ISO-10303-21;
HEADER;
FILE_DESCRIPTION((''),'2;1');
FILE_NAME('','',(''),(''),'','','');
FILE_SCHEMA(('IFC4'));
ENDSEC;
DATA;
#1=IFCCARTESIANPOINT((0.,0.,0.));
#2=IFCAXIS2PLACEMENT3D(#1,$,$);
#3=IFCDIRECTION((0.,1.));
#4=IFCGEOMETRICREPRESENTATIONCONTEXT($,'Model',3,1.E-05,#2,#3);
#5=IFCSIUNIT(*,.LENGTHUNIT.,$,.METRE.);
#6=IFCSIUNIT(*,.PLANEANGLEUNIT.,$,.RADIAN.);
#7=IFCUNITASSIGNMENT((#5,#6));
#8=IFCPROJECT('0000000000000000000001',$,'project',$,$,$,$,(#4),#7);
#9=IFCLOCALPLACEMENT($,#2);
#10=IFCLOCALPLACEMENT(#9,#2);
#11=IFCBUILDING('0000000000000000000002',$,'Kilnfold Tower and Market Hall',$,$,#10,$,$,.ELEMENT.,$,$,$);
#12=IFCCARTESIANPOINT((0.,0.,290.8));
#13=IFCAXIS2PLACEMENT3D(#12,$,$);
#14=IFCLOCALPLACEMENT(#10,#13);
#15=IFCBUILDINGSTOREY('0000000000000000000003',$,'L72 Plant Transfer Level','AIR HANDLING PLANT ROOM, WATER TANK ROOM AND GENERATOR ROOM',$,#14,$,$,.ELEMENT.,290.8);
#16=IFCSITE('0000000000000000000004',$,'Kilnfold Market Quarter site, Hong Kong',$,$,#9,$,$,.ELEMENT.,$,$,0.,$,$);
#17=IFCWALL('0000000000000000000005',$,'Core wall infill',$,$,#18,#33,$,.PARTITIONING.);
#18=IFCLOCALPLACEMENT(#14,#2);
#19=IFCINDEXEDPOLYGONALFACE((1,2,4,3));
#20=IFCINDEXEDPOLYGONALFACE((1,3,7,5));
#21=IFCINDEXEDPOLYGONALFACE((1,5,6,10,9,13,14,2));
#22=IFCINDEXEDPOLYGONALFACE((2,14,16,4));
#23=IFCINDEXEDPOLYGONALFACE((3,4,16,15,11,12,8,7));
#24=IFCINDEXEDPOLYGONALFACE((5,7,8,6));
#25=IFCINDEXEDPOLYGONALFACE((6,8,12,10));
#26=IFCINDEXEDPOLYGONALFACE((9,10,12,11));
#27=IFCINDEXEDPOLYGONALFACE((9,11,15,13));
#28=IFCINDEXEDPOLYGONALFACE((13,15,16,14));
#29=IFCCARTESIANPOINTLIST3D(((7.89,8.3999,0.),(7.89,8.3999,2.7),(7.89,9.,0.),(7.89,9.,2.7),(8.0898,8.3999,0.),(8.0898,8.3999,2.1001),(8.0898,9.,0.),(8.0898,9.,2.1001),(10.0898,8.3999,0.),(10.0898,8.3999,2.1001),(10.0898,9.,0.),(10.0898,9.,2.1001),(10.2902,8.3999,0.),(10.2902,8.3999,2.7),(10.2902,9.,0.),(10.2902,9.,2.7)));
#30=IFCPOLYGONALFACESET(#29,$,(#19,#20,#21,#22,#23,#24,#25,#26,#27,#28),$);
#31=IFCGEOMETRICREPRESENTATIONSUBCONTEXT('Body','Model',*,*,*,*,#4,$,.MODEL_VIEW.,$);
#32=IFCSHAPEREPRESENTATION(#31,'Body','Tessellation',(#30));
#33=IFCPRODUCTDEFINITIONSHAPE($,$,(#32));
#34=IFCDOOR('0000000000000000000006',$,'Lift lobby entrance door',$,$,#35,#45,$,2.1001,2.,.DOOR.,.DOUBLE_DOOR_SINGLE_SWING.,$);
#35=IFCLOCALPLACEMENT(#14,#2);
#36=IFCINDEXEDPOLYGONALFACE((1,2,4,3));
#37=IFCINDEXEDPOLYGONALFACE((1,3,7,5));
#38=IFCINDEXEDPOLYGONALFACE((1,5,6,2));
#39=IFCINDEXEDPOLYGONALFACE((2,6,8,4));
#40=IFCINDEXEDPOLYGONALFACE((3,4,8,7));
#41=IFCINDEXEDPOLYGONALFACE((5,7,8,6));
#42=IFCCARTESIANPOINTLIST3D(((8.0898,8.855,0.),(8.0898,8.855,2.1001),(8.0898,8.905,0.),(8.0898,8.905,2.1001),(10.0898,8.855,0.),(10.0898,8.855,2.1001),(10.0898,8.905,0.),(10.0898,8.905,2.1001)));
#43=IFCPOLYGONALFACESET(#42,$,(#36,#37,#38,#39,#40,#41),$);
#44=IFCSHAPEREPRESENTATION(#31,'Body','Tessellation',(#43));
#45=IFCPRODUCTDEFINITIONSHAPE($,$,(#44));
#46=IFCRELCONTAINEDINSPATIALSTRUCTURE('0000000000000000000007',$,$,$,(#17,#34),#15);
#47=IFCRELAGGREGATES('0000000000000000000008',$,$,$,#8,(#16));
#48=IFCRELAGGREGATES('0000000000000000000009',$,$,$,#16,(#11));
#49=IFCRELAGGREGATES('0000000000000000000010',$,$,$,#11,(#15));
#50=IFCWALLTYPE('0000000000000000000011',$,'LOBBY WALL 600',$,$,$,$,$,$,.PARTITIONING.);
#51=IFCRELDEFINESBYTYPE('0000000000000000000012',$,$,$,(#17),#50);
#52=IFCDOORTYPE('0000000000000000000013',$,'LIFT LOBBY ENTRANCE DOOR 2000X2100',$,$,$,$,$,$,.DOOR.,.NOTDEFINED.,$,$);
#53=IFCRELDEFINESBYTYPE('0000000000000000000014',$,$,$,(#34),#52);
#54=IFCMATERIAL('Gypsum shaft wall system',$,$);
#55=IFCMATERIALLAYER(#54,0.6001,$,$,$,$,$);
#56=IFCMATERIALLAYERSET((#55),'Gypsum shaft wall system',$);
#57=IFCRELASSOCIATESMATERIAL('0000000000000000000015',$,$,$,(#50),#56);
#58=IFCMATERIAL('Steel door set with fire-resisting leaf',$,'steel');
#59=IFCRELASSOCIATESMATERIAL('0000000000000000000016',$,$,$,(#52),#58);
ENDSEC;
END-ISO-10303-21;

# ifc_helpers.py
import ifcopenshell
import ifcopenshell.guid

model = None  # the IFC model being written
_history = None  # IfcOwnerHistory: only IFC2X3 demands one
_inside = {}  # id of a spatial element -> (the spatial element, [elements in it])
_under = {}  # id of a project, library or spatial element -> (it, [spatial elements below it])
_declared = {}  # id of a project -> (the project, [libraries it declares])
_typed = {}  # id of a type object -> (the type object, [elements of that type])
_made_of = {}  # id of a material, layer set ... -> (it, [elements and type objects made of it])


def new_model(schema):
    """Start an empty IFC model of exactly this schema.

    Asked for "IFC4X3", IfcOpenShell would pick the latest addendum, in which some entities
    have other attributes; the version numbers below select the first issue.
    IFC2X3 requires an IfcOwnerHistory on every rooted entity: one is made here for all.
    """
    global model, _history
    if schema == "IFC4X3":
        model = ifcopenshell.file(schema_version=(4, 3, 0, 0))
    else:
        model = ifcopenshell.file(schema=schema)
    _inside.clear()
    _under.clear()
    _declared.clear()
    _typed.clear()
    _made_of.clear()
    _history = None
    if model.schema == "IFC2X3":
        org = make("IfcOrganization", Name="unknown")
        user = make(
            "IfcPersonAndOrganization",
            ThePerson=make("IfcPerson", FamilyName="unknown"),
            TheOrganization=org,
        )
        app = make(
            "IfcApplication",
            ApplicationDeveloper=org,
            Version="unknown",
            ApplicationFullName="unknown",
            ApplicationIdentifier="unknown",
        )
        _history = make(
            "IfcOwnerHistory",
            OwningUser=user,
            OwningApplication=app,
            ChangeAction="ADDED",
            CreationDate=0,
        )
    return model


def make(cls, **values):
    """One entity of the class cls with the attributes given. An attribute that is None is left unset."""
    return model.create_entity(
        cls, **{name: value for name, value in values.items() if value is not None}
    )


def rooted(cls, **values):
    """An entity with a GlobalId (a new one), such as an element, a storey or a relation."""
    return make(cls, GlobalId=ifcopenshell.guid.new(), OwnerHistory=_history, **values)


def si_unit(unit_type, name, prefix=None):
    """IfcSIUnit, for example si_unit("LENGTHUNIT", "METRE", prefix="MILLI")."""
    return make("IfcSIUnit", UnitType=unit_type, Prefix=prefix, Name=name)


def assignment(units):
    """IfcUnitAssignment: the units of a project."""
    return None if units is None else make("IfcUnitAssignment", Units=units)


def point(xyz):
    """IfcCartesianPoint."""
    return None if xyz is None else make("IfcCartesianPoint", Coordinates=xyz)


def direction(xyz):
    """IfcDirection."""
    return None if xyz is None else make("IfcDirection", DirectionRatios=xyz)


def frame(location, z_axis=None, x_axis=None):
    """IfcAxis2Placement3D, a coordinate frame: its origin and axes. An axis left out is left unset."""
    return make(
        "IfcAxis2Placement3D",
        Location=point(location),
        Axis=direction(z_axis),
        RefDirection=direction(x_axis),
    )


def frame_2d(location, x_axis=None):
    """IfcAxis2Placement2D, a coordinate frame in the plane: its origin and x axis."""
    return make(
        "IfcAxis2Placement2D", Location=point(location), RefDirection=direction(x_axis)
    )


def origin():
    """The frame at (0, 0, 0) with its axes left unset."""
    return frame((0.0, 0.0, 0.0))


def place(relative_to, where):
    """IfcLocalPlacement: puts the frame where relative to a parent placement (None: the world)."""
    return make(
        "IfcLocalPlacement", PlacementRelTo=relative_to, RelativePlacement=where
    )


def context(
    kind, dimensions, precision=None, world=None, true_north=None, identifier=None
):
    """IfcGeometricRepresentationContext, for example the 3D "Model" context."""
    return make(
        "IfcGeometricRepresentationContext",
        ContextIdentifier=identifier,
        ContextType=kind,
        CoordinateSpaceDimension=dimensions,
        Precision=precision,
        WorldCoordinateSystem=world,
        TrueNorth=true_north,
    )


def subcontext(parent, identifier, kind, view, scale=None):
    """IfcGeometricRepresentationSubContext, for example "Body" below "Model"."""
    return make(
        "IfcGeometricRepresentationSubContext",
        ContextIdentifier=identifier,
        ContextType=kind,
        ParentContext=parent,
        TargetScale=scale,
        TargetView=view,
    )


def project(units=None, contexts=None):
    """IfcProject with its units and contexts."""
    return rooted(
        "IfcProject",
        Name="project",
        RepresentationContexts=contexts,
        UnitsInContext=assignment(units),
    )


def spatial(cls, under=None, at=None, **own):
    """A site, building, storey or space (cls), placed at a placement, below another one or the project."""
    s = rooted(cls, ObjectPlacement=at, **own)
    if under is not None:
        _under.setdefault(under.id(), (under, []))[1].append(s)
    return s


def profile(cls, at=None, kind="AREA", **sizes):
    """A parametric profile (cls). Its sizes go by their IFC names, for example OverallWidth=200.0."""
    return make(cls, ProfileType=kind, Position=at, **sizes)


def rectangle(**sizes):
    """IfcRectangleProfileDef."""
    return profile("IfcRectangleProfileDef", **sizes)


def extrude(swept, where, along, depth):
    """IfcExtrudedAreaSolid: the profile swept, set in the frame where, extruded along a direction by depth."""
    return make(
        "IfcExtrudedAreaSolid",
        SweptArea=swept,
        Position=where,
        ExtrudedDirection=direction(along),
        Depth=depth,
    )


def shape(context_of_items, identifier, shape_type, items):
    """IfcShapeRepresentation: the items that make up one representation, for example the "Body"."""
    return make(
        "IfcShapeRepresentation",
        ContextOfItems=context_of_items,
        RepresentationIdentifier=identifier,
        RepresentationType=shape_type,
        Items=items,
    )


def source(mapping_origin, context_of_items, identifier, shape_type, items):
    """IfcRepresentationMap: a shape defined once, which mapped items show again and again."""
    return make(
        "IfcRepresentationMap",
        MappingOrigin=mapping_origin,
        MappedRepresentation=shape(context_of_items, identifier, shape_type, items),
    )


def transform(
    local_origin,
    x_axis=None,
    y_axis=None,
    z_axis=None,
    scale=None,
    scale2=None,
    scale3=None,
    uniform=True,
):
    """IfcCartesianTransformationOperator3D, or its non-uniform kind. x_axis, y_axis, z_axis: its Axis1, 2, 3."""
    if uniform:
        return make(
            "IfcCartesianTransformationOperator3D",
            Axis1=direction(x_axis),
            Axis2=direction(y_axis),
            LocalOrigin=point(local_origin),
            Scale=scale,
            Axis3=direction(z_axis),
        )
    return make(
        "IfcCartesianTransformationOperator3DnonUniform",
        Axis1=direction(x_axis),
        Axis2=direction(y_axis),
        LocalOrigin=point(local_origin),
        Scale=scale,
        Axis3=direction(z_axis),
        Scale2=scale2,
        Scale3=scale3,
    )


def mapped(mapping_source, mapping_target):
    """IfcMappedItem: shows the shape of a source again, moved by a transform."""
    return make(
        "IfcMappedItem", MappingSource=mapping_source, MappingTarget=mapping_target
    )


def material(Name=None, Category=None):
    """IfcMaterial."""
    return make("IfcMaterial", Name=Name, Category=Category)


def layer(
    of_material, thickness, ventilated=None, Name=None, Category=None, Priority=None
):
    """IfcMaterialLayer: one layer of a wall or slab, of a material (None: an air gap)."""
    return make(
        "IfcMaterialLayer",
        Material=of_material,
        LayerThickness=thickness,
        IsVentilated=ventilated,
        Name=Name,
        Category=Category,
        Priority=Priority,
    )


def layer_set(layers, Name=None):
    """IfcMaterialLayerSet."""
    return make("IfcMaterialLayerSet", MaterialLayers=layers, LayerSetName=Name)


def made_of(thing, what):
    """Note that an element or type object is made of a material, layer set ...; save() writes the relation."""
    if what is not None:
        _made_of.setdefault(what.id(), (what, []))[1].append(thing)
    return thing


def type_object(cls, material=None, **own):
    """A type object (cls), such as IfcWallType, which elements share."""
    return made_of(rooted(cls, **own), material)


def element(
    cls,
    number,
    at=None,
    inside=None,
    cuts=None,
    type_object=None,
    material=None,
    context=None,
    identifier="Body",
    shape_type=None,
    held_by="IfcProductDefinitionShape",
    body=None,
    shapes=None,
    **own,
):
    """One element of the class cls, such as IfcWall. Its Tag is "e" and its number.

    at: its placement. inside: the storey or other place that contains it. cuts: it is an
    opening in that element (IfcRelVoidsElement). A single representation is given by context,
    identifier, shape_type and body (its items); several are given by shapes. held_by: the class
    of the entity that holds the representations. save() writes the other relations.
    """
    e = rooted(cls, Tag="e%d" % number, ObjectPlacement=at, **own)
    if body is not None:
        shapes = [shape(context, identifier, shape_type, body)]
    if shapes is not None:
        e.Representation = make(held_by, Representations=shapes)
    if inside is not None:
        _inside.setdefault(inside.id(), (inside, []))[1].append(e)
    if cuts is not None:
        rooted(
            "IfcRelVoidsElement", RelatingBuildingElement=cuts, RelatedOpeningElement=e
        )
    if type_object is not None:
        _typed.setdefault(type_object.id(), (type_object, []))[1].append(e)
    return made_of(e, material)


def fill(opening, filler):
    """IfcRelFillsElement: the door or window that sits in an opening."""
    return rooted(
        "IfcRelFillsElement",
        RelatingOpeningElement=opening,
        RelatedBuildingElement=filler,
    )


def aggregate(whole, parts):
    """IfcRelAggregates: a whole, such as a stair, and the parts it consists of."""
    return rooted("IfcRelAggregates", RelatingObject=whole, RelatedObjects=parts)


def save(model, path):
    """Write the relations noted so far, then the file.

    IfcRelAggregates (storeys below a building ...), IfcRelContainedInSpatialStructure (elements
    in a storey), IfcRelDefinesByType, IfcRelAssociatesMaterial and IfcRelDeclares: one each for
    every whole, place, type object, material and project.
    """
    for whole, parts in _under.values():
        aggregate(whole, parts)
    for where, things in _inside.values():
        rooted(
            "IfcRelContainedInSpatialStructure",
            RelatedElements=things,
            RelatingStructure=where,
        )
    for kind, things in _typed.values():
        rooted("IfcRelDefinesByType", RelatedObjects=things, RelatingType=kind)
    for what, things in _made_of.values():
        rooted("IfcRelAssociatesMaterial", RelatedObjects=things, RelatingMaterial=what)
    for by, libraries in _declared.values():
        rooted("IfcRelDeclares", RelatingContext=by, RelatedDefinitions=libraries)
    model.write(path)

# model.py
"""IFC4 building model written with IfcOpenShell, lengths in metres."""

from ifc_helpers import new_model, si_unit, direction, frame, frame_2d, origin, place, context, subcontext, project, spatial, rectangle, extrude, source, transform, mapped, material, layer, layer_set, type_object, element, fill, save


model = new_model("IFC4")

# Units and contexts
model_context = context("Model", 3, precision=1e-05, world=origin(), true_north=direction((0.0, 1.0)))
body_context = subcontext(model_context, "Body", "Model", "MODEL_VIEW")
ifc_project = project(units=[si_unit("LENGTHUNIT", "METRE"), si_unit("PLANEANGLEUNIT", "RADIAN")], contexts=[model_context])

# Site, building, storey
site_placement = place(None, origin())
site = spatial("IfcSite", under=ifc_project, at=site_placement, Name="Kilnfold Market Quarter site, Hong Kong", CompositionType="ELEMENT", RefElevation=0.0)
building_placement = place(site_placement, origin())
building = spatial("IfcBuilding", under=site, at=building_placement, Name="Kilnfold Tower and Market Hall", CompositionType="ELEMENT")
storey_placement = place(building_placement, frame((0.0, 0.0, 290.8)))
storey = spatial("IfcBuildingStorey", under=building, at=storey_placement, Name="L72 Plant Transfer Level", Description="AIR HANDLING PLANT ROOM, WATER TANK ROOM AND GENERATOR ROOM", CompositionType="ELEMENT", Elevation=290.8)

# Wall, opening, door
ifc_material_1 = material(Name="Gypsum shaft wall system")
ifc_layer_1 = layer(ifc_material_1, 0.6001)
ifc_layer_set_1 = layer_set([ifc_layer_1], Name="Gypsum shaft wall system")
wall_type_1 = type_object("IfcWallType", Name="LOBBY WALL 600", PredefinedType="PARTITIONING", material=ifc_layer_set_1)
shared_shape_1 = source(origin(), body_context, "Body", "SweptSolid", [
    extrude(rectangle(XDim=2.4001, YDim=0.6001, at=frame_2d((1.2002, 0.0))), origin(), (0.0, 0.0, 1.0), 2.7),
])
wall_1_placement = place(storey_placement, frame((7.8899, 8.7, 0.0), z_axis=(0.0, 0.0, 1.0), x_axis=(1.0, 0.0, 0.0)))
wall_1 = element("IfcWall", 1, at=wall_1_placement, inside=storey, type_object=wall_type_1, Name="Core wall infill", PredefinedType="PARTITIONING", context=body_context, shape_type="MappedRepresentation", body=[
    mapped(shared_shape_1, transform((0.0, 0.0, 0.0))),
])
opening_1_placement = place(wall_1_placement, frame((0.2, 0.0, 0.0)))
opening_1 = element("IfcOpeningElement", 2, at=opening_1_placement, cuts=wall_1, PredefinedType="OPENING", context=body_context, shape_type="SweptSolid", body=[
    extrude(rectangle(XDim=2.0, YDim=2.1001, at=frame_2d((1.0, 1.05))), frame((0.0, 0.3101, 0.0), z_axis=(0.0, -1.0, 0.0), x_axis=(1.0, 0.0, 0.0)), (0.0, 0.0, 1.0), 0.6201),
])
ifc_material_2 = material(Name="Steel door set with fire-resisting leaf", Category="steel")
door_type_1 = type_object("IfcDoorType", Name="LIFT LOBBY ENTRANCE DOOR 2000X2100", OperationType="NOTDEFINED", PredefinedType="DOOR", material=ifc_material_2)
door_1_placement = place(opening_1_placement, origin())
door_1 = element("IfcDoor", 3, at=door_1_placement, inside=storey, type_object=door_type_1, Name="Lift lobby entrance door", OperationType="DOUBLE_DOOR_SINGLE_SWING", OverallHeight=2.1001, OverallWidth=2.0, PredefinedType="DOOR", context=body_context, shape_type="SweptSolid", body=[
    extrude(rectangle(XDim=2.0, YDim=2.1001, at=frame_2d((1.0, 1.05))), frame((0.0, 0.2051, 0.0), z_axis=(0.0, -1.0, 0.0), x_axis=(1.0, 0.0, 0.0)), (0.0, 0.0, 1.0), 0.05),
])
fill(opening_1, door_1)

save(model, "model.ifc")
